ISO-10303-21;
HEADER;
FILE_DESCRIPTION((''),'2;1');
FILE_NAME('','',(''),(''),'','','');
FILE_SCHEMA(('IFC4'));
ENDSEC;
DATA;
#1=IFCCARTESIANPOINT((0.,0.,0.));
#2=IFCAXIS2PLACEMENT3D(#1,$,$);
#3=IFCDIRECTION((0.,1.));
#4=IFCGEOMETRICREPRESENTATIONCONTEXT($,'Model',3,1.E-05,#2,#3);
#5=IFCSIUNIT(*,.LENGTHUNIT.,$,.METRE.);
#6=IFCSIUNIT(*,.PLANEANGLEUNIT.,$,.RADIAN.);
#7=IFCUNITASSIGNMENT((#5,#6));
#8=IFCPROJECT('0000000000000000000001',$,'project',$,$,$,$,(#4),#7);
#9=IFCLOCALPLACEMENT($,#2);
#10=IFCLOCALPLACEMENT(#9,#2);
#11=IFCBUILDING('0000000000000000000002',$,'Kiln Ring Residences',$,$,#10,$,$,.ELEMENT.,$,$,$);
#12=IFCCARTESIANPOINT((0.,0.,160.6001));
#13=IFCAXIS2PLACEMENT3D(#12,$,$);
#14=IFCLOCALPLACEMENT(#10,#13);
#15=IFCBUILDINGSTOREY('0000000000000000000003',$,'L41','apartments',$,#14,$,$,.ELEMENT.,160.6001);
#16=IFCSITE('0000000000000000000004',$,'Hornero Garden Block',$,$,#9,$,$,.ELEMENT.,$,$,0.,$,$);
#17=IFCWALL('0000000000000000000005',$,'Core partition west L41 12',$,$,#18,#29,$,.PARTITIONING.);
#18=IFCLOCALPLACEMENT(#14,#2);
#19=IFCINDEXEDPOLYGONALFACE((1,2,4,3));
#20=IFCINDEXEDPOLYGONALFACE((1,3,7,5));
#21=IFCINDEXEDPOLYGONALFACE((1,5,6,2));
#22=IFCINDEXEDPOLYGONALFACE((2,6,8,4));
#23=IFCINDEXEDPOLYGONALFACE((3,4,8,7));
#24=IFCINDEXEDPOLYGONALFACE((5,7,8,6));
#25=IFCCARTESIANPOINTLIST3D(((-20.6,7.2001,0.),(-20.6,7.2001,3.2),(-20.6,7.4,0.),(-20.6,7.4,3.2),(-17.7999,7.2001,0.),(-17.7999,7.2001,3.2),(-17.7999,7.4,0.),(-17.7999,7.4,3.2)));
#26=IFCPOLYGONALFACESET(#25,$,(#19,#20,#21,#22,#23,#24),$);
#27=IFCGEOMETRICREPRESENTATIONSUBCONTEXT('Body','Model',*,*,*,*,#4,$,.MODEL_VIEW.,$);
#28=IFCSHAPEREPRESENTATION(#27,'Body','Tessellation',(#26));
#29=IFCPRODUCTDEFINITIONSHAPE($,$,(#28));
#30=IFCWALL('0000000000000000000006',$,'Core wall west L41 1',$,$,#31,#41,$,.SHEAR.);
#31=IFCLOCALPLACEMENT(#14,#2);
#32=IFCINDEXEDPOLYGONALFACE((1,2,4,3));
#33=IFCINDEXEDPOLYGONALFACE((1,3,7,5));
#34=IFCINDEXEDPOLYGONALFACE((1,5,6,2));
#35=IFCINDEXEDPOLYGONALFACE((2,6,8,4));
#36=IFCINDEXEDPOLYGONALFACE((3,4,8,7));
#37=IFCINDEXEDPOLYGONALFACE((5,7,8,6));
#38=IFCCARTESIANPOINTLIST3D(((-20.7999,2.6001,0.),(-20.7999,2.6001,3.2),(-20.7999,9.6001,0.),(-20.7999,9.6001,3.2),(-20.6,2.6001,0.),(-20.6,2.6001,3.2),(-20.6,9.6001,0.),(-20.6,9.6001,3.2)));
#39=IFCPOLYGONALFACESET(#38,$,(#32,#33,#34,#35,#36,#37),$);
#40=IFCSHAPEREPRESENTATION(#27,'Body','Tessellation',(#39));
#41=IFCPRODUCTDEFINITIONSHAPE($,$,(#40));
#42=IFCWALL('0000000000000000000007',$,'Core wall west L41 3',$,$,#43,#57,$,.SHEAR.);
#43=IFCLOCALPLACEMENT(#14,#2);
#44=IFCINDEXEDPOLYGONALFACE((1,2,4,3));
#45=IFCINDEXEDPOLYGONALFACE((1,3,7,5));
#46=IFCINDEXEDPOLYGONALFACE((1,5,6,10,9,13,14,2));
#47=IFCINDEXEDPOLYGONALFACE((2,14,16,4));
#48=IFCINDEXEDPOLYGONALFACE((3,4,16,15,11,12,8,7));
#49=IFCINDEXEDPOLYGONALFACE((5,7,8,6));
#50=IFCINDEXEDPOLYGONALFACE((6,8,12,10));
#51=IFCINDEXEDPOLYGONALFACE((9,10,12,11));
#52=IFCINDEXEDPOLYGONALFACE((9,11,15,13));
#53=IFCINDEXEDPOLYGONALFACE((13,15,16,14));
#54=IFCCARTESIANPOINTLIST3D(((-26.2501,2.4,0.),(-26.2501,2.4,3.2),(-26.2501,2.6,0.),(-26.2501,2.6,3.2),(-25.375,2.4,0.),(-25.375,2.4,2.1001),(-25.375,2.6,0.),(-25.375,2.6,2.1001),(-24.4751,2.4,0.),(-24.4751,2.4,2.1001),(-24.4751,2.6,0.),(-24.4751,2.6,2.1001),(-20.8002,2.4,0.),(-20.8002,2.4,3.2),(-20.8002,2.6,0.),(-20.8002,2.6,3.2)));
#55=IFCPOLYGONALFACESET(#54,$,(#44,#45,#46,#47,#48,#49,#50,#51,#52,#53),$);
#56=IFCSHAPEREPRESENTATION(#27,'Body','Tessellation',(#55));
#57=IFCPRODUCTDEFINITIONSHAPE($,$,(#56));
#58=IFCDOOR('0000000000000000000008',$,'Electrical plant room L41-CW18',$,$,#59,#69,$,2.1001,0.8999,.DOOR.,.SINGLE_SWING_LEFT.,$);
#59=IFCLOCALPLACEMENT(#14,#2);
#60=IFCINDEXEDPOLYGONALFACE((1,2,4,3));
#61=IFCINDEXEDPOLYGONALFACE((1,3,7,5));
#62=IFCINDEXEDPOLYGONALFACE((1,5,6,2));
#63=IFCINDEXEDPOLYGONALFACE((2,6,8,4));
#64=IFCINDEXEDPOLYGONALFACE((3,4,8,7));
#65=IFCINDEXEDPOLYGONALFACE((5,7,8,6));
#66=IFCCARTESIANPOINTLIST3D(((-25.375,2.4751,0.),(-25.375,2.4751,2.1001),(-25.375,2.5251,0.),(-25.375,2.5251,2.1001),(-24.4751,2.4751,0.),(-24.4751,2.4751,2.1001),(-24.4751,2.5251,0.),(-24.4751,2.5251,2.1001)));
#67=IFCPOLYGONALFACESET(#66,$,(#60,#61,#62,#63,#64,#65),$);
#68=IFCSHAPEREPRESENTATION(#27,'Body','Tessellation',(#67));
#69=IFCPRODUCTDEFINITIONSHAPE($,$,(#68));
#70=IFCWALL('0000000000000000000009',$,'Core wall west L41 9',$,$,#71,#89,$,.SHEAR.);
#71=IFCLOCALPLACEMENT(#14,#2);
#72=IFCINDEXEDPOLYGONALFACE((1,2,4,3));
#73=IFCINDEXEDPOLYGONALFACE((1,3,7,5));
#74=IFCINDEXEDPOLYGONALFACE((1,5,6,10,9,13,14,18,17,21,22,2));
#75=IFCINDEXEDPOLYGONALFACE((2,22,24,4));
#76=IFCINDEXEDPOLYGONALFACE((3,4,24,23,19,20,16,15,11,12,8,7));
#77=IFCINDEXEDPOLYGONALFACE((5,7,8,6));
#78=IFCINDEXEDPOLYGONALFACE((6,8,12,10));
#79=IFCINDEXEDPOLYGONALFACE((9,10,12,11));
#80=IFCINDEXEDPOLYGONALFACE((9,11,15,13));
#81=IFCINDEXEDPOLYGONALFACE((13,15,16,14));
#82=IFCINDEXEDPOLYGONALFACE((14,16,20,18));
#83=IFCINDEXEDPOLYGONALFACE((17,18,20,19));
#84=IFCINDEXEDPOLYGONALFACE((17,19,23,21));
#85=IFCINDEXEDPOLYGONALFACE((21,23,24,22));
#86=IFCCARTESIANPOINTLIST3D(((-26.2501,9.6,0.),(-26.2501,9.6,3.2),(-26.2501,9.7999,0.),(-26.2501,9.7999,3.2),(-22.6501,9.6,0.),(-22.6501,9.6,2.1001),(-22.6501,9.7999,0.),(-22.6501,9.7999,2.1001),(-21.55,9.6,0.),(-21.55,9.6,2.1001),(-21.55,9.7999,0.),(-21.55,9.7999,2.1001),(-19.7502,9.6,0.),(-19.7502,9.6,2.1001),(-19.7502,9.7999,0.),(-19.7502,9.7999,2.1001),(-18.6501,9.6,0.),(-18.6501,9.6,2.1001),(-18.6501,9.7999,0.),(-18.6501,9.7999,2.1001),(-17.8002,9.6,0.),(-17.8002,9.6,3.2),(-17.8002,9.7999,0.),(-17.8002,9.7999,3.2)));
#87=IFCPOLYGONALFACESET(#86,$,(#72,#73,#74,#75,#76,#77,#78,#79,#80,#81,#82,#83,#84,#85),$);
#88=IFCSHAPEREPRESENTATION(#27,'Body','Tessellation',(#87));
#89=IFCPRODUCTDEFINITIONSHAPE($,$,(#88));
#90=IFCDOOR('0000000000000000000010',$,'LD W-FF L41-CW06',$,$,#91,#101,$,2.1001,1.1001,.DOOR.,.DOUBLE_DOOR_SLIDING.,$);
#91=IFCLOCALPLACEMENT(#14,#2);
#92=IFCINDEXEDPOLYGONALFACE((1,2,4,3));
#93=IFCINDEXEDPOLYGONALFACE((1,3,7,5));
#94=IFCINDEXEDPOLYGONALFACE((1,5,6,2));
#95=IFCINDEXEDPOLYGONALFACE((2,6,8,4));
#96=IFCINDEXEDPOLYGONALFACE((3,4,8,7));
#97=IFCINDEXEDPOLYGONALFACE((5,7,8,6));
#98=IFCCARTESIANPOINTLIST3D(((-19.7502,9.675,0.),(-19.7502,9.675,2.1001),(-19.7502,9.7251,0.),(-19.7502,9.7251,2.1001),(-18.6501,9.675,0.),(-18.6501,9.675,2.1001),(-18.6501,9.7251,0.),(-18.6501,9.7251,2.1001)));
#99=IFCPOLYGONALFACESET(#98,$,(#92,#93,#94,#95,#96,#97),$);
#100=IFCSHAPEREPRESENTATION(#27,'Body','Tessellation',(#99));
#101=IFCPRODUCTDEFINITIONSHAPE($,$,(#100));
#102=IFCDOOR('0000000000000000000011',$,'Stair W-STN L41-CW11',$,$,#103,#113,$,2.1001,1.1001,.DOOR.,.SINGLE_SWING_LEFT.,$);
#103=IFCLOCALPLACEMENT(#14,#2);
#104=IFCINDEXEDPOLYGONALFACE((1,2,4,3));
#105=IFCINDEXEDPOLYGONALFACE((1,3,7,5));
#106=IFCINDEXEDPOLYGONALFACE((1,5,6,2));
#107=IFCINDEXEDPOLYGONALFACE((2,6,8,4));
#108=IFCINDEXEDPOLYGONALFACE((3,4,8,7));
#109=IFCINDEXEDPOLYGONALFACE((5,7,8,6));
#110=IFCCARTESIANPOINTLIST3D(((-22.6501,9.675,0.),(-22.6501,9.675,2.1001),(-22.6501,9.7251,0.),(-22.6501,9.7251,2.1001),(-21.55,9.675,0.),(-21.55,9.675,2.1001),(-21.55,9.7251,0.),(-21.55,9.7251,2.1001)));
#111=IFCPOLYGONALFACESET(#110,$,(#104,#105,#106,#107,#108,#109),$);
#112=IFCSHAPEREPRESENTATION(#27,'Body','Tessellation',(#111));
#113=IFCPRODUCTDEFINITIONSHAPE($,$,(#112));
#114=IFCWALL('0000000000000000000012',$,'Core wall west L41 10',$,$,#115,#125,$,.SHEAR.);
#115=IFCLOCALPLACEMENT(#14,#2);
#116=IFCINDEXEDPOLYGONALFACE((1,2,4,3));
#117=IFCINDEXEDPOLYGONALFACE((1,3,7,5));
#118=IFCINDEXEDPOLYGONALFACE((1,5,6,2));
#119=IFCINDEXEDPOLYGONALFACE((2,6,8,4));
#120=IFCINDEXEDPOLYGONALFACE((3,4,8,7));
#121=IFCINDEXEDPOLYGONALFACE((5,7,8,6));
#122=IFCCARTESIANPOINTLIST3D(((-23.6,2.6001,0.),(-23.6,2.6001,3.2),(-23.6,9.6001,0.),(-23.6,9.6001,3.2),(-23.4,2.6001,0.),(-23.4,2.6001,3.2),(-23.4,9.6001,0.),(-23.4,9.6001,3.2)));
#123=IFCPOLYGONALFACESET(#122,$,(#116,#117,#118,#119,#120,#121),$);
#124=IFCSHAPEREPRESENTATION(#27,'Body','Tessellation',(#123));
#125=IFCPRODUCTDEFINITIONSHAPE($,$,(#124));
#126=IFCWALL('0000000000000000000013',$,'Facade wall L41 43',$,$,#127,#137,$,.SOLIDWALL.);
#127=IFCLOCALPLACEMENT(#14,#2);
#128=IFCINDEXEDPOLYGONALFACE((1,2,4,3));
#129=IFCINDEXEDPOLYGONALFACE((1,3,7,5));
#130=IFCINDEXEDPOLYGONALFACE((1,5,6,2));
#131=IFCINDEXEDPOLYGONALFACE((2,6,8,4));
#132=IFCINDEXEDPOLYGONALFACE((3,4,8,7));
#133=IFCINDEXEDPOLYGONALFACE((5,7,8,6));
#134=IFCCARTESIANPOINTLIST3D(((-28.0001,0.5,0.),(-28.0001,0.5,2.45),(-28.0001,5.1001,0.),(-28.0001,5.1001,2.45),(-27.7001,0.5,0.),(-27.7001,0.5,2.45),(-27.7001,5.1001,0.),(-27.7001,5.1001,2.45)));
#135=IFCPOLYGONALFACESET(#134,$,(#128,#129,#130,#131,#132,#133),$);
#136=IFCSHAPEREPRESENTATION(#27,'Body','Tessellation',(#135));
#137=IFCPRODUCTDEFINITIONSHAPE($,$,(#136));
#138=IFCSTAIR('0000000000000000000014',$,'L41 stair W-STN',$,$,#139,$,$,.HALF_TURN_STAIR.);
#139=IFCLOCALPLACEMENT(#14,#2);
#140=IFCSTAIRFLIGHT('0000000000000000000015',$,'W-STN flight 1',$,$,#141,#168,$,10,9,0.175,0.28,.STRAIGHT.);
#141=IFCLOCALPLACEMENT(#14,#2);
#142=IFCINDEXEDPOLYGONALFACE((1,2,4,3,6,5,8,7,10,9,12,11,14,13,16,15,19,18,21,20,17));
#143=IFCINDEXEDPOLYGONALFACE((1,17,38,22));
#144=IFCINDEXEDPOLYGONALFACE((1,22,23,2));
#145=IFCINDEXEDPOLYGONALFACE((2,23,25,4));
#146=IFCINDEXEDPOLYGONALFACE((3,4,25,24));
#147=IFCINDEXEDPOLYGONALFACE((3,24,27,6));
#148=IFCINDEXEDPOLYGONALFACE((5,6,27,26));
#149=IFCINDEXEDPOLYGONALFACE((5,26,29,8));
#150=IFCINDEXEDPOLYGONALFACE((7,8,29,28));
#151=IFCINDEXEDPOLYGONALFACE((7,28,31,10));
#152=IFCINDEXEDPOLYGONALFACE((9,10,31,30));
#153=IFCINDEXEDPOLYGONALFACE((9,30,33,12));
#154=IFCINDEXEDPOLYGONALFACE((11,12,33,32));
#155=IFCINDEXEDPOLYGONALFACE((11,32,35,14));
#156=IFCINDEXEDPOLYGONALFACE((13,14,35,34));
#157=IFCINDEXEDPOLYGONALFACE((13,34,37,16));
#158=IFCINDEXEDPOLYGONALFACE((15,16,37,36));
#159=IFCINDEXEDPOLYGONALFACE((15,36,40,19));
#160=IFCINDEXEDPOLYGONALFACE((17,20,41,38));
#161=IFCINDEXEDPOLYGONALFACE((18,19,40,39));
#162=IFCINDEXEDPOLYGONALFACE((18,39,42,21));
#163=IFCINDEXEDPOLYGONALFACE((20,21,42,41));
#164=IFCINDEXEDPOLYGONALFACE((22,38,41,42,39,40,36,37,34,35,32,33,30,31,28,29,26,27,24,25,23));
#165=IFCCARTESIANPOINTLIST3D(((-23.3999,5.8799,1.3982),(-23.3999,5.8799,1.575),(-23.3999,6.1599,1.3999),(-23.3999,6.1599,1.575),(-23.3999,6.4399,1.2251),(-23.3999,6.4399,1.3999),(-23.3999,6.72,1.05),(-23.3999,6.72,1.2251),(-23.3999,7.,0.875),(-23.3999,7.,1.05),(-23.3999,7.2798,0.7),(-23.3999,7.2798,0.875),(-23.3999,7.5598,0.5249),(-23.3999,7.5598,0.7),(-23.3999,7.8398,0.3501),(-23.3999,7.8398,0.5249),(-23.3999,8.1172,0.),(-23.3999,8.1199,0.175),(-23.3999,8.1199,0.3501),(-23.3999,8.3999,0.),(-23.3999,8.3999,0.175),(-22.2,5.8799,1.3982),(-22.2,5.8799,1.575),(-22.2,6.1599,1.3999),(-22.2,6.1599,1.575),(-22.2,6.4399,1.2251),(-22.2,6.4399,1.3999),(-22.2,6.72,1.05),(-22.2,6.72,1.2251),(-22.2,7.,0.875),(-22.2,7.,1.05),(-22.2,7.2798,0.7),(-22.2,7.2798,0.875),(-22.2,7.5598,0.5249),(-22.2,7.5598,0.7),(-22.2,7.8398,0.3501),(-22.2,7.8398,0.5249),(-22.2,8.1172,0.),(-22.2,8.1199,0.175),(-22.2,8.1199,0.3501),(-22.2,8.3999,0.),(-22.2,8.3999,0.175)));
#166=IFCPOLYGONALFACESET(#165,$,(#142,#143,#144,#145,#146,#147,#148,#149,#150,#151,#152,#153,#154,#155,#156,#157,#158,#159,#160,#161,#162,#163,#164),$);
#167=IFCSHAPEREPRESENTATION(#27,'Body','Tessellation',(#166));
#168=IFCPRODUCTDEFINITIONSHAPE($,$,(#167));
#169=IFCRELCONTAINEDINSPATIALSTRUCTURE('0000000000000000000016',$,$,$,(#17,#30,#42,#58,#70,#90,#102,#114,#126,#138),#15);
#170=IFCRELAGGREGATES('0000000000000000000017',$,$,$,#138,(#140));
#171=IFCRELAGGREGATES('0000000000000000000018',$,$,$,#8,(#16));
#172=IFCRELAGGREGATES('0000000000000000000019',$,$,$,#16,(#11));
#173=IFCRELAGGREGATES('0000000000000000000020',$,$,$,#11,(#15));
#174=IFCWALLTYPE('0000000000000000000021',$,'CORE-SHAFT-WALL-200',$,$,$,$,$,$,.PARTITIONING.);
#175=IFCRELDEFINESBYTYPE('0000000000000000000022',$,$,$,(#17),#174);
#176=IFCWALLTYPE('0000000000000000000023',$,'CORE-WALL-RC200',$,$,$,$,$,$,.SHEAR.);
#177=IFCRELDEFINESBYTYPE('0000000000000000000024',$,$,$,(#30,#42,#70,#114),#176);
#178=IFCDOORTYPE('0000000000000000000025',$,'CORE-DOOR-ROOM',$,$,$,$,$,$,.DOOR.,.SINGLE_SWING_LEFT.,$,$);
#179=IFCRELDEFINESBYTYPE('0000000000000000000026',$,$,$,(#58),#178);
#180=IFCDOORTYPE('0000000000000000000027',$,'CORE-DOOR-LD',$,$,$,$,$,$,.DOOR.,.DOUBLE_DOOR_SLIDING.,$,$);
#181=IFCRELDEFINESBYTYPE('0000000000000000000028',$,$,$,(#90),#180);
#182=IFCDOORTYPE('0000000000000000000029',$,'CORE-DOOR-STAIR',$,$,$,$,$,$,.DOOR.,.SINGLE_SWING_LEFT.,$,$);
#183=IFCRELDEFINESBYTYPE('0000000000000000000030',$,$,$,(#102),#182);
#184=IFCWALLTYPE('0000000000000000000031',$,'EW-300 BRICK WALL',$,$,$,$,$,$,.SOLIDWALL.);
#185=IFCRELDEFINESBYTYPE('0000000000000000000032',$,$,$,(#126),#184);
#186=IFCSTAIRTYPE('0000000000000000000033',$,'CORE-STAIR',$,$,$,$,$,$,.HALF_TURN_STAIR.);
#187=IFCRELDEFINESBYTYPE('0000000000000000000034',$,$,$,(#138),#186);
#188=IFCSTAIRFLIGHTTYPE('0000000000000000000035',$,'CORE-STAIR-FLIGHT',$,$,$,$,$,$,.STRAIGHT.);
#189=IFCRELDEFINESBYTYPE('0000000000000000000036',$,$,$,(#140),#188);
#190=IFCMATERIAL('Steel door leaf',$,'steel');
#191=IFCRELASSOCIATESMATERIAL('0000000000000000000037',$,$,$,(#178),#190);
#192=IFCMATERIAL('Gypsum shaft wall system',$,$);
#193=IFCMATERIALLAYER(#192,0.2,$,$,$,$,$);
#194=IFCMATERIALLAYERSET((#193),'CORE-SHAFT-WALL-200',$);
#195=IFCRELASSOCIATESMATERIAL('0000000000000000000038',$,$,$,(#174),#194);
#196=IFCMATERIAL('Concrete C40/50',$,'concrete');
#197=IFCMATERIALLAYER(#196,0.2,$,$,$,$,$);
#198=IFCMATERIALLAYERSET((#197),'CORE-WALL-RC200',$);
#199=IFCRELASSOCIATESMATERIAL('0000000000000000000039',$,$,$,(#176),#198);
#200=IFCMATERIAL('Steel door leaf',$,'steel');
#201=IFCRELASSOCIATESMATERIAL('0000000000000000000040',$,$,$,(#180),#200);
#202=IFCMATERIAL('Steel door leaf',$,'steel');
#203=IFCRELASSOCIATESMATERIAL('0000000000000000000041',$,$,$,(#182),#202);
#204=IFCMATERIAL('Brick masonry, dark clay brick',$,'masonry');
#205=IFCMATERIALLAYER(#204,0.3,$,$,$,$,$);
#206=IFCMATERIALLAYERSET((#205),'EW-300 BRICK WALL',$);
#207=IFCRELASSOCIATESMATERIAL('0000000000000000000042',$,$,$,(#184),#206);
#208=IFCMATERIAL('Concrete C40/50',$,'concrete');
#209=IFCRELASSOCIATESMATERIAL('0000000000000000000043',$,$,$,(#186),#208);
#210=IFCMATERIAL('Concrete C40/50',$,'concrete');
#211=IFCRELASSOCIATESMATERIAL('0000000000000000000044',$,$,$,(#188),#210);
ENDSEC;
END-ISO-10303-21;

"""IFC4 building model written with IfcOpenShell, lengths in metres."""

from ifc_helpers import new_model, si_unit, direction, frame, frame_2d, origin, place, context, subcontext, project, spatial, polyline, rectangle, outline, extrude, material, layer, layer_set, type_object, element, fill, aggregate, save


model = new_model("IFC4")

# Units and contexts
model_context = context("Model", 3, precision=1e-05, world=origin(), true_north=direction((0.0, 1.0)))
body_context = subcontext(model_context, "Body", "Model", "MODEL_VIEW")
ifc_project = project(units=[si_unit("LENGTHUNIT", "METRE"), si_unit("PLANEANGLEUNIT", "RADIAN")], contexts=[model_context])

# Site, building, storey
site_placement = place(None, origin())
site = spatial("IfcSite", under=ifc_project, at=site_placement, Name="Hornero Garden Block", CompositionType="ELEMENT", RefElevation=0.0)
building_placement = place(site_placement, origin())
building = spatial("IfcBuilding", under=site, at=building_placement, Name="Kiln Ring Residences", CompositionType="ELEMENT")
storey_placement = place(building_placement, frame((0.0, 0.0, 160.6001)))
storey = spatial("IfcBuildingStorey", under=building, at=storey_placement, Name="L41", Description="apartments", CompositionType="ELEMENT", Elevation=160.6001)

# Shared definitions
ifc_material_1 = material(Name="Steel door leaf", Category="steel")
door_type_1 = type_object("IfcDoorType", Name="CORE-DOOR-ROOM", OperationType="SINGLE_SWING_LEFT", PredefinedType="DOOR", material=ifc_material_1)

# Shared definitions
ifc_material_2 = material(Name="Gypsum shaft wall system")
ifc_layer_1 = layer(ifc_material_2, 0.2)
ifc_layer_set_1 = layer_set([ifc_layer_1], Name="CORE-SHAFT-WALL-200")
wall_type_1 = type_object("IfcWallType", Name="CORE-SHAFT-WALL-200", PredefinedType="PARTITIONING", material=ifc_layer_set_1)

# Walls
for number, where, z_axis, x_axis, name in (
    (1, (-17.8, 7.3, 0.0), (0.0, 0.0, 1.0), (-1.0, 0.0, 0.0), "Core partition west L41 12"),
):
    element("IfcWall", number, at=place(storey_placement, frame(where, z_axis=z_axis, x_axis=x_axis)), inside=storey, type_object=wall_type_1, Name=name, PredefinedType="PARTITIONING", context=body_context, shape_type="SweptSolid", body=[
        extrude(rectangle(XDim=2.8, YDim=0.2, at=frame_2d((1.3999, 0.0))), origin(), (0.0, 0.0, 1.0), 3.2),
    ])
ifc_material_3 = material(Name="Concrete C40/50", Category="concrete")
ifc_layer_2 = layer(ifc_material_3, 0.2)
ifc_layer_set_2 = layer_set([ifc_layer_2], Name="CORE-WALL-RC200")
wall_type_2 = type_object("IfcWallType", Name="CORE-WALL-RC200", PredefinedType="SHEAR", material=ifc_layer_set_2)
wall_1_placement = place(storey_placement, frame((-20.7, 2.6001, 0.0), z_axis=(0.0, 0.0, 1.0), x_axis=(0.0, 1.0, 0.0)))
element("IfcWall", 2, at=wall_1_placement, inside=storey, type_object=wall_type_2, Name="Core wall west L41 1", PredefinedType="SHEAR", context=body_context, shape_type="SweptSolid", body=[
    extrude(rectangle(XDim=7.0, YDim=0.2, at=frame_2d((3.5, 0.0))), origin(), (0.0, 0.0, 1.0), 3.2),
])

# Wall, opening, door
wall_2_placement = place(storey_placement, frame((-20.8, 2.5, 0.0), z_axis=(0.0, 0.0, 1.0), x_axis=(-1.0, 0.0, 0.0)))
wall_2 = element("IfcWall", 3, at=wall_2_placement, inside=storey, type_object=wall_type_2, Name="Core wall west L41 3", PredefinedType="SHEAR", context=body_context, shape_type="SweptSolid", body=[
    extrude(rectangle(XDim=5.45, YDim=0.2, at=frame_2d((2.7251, 0.0))), origin(), (0.0, 0.0, 1.0), 3.2),
])
opening_1_placement = place(wall_2_placement, frame((3.675, 0.0, 0.0)))
opening_1 = element("IfcOpeningElement", 4, at=opening_1_placement, cuts=wall_2, PredefinedType="OPENING", context=body_context, shape_type="SweptSolid", body=[
    extrude(rectangle(XDim=0.8999, YDim=2.1001, at=frame_2d((0.45, 1.05))), frame((0.0, 0.1099, 0.0), z_axis=(0.0, -1.0, 0.0), x_axis=(1.0, 0.0, 0.0)), (0.0, 0.0, 1.0), 0.22),
])
door_1_placement = place(opening_1_placement, origin())
door_1 = element("IfcDoor", 5, at=door_1_placement, inside=storey, type_object=door_type_1, Name="Electrical plant room L41-CW18", OperationType="SINGLE_SWING_LEFT", OverallHeight=2.1001, OverallWidth=0.8999, PredefinedType="DOOR", context=body_context, shape_type="SweptSolid", body=[
    extrude(rectangle(XDim=0.8999, YDim=2.1001, at=frame_2d((0.45, 1.05))), frame((0.0, 0.0249, 0.0), z_axis=(0.0, -1.0, 0.0), x_axis=(1.0, 0.0, 0.0)), (0.0, 0.0, 1.0), 0.05),
])
fill(opening_1, door_1)

# Wall, openings, doors
wall_3_placement = place(storey_placement, frame((-17.8, 9.7, 0.0), z_axis=(0.0, 0.0, 1.0), x_axis=(-1.0, 0.0, 0.0)))
wall_3 = element("IfcWall", 6, at=wall_3_placement, inside=storey, type_object=wall_type_2, Name="Core wall west L41 9", PredefinedType="SHEAR", context=body_context, shape_type="SweptSolid", body=[
    extrude(rectangle(XDim=8.45, YDim=0.2, at=frame_2d((4.2251, 0.0))), origin(), (0.0, 0.0, 1.0), 3.2),
])
opening_2_placement = place(wall_3_placement, frame((0.8501, 0.0, 0.0)))
opening_2 = element("IfcOpeningElement", 7, at=opening_2_placement, cuts=wall_3, PredefinedType="OPENING", context=body_context, shape_type="SweptSolid", body=[
    extrude(rectangle(XDim=1.1001, YDim=2.1001, at=frame_2d((0.55, 1.05))), frame((0.0, 0.1099, 0.0), z_axis=(0.0, -1.0, 0.0), x_axis=(1.0, 0.0, 0.0)), (0.0, 0.0, 1.0), 0.22),
])
opening_3_placement = place(wall_3_placement, frame((3.75, 0.0, 0.0)))
opening_3 = element("IfcOpeningElement", 8, at=opening_3_placement, cuts=wall_3, PredefinedType="OPENING", context=body_context, shape_type="SweptSolid", body=[
    extrude(rectangle(XDim=1.1001, YDim=2.1001, at=frame_2d((0.55, 1.05))), frame((0.0, 0.1099, 0.0), z_axis=(0.0, -1.0, 0.0), x_axis=(1.0, 0.0, 0.0)), (0.0, 0.0, 1.0), 0.22),
])
ifc_material_4 = material(Name="Steel door leaf", Category="steel")
door_type_2 = type_object("IfcDoorType", Name="CORE-DOOR-LD", OperationType="DOUBLE_DOOR_SLIDING", PredefinedType="DOOR", material=ifc_material_4)
door_2_placement = place(opening_2_placement, origin())
door_2 = element("IfcDoor", 9, at=door_2_placement, inside=storey, type_object=door_type_2, Name="LD W-FF L41-CW06", OperationType="DOUBLE_DOOR_SLIDING", OverallHeight=2.1001, OverallWidth=1.1001, PredefinedType="DOOR", context=body_context, shape_type="SweptSolid", body=[
    extrude(rectangle(XDim=1.1001, YDim=2.1001, at=frame_2d((0.55, 1.05))), frame((0.0, 0.0249, 0.0), z_axis=(0.0, -1.0, 0.0), x_axis=(1.0, 0.0, 0.0)), (0.0, 0.0, 1.0), 0.05),
])
fill(opening_2, door_2)
ifc_material_5 = material(Name="Steel door leaf", Category="steel")
door_type_3 = type_object("IfcDoorType", Name="CORE-DOOR-STAIR", OperationType="SINGLE_SWING_LEFT", PredefinedType="DOOR", material=ifc_material_5)
door_3_placement = place(opening_3_placement, origin())
door_3 = element("IfcDoor", 10, at=door_3_placement, inside=storey, type_object=door_type_3, Name="Stair W-STN L41-CW11", OperationType="SINGLE_SWING_LEFT", OverallHeight=2.1001, OverallWidth=1.1001, PredefinedType="DOOR", context=body_context, shape_type="SweptSolid", body=[
    extrude(rectangle(XDim=1.1001, YDim=2.1001, at=frame_2d((0.55, 1.05))), frame((0.0, 0.0249, 0.0), z_axis=(0.0, -1.0, 0.0), x_axis=(1.0, 0.0, 0.0)), (0.0, 0.0, 1.0), 0.05),
])
fill(opening_3, door_3)

# Walls
wall_4_placement = place(storey_placement, frame((-23.5, 2.6001, 0.0), z_axis=(0.0, 0.0, 1.0), x_axis=(0.0, 1.0, 0.0)))
element("IfcWall", 11, at=wall_4_placement, inside=storey, type_object=wall_type_2, Name="Core wall west L41 10", PredefinedType="SHEAR", context=body_context, shape_type="SweptSolid", body=[
    extrude(rectangle(XDim=7.0, YDim=0.2, at=frame_2d((3.5, 0.0))), origin(), (0.0, 0.0, 1.0), 3.2),
])
ifc_material_6 = material(Name="Brick masonry, dark clay brick", Category="masonry")
ifc_layer_3 = layer(ifc_material_6, 0.3)
ifc_layer_set_3 = layer_set([ifc_layer_3], Name="EW-300 BRICK WALL")
wall_type_3 = type_object("IfcWallType", Name="EW-300 BRICK WALL", PredefinedType="SOLIDWALL", material=ifc_layer_set_3)
wall_5_placement = place(storey_placement, frame((-27.8501, 5.1001, 0.0), z_axis=(0.0, 0.0, 1.0), x_axis=(0.0, -1.0, 0.0)))
element("IfcWall", 12, at=wall_5_placement, inside=storey, type_object=wall_type_3, Name="Facade wall L41 43", PredefinedType="SOLIDWALL", context=body_context, shape_type="SweptSolid", body=[
    extrude(rectangle(XDim=4.6001, YDim=0.3, at=frame_2d((2.3, 0.0))), origin(), (0.0, 0.0, 1.0), 2.45),
])

# Stair, stair flight
ifc_material_7 = material(Name="Concrete C40/50", Category="concrete")
stair_type = type_object("IfcStairType", Name="CORE-STAIR", PredefinedType="HALF_TURN_STAIR", material=ifc_material_7)
stair_placement = place(storey_placement, origin())
stair = element("IfcStair", 13, at=stair_placement, inside=storey, type_object=stair_type, Name="L41 stair W-STN", PredefinedType="HALF_TURN_STAIR")
ifc_material_8 = material(Name="Concrete C40/50", Category="concrete")
stair_flight_type = type_object("IfcStairFlightType", Name="CORE-STAIR-FLIGHT", PredefinedType="STRAIGHT", material=ifc_material_8)
stair_flight_1_placement = place(storey_placement, frame((-22.8, 8.3999, 0.0), z_axis=(0.0, 0.0, 1.0), x_axis=(0.0, -1.0, 0.0)))
stair_flight_1 = element("IfcStairFlight", 14, at=stair_flight_1_placement, type_object=stair_flight_type, Name="W-STN flight 1", NumberOfRisers=10, NumberOfTreads=9, PredefinedType="STRAIGHT", RiserHeight=0.175, TreadLength=0.28, context=body_context, shape_type="SweptSolid", body=[
    extrude(outline(polyline([(0.0, 0.0), (0.0, 0.175), (0.28, 0.175), (0.28, 0.3501), (0.5601, 0.3501), (0.5601, 0.5249), (0.8401, 0.5249), (0.8401, 0.7), (1.1201, 0.7), (1.1201, 0.875), (1.3999, 0.875), (1.3999, 1.05), (1.6799, 1.05), (1.6799, 1.2251), (1.96, 1.2251), (1.96, 1.3999), (2.24, 1.3999), (2.24, 1.575), (2.52, 1.575), (2.52, 1.75), (2.52, 1.3982), (0.2827, 0.0), (0.0, 0.0)])), frame((0.0, 0.6001, 0.0), z_axis=(0.0, -1.0, 0.0), x_axis=(1.0, 0.0, 0.0)), (0.0, 0.0, 1.0), 1.2),
])
aggregate(stair, [stair_flight_1])

save(model, "model.ifc")
